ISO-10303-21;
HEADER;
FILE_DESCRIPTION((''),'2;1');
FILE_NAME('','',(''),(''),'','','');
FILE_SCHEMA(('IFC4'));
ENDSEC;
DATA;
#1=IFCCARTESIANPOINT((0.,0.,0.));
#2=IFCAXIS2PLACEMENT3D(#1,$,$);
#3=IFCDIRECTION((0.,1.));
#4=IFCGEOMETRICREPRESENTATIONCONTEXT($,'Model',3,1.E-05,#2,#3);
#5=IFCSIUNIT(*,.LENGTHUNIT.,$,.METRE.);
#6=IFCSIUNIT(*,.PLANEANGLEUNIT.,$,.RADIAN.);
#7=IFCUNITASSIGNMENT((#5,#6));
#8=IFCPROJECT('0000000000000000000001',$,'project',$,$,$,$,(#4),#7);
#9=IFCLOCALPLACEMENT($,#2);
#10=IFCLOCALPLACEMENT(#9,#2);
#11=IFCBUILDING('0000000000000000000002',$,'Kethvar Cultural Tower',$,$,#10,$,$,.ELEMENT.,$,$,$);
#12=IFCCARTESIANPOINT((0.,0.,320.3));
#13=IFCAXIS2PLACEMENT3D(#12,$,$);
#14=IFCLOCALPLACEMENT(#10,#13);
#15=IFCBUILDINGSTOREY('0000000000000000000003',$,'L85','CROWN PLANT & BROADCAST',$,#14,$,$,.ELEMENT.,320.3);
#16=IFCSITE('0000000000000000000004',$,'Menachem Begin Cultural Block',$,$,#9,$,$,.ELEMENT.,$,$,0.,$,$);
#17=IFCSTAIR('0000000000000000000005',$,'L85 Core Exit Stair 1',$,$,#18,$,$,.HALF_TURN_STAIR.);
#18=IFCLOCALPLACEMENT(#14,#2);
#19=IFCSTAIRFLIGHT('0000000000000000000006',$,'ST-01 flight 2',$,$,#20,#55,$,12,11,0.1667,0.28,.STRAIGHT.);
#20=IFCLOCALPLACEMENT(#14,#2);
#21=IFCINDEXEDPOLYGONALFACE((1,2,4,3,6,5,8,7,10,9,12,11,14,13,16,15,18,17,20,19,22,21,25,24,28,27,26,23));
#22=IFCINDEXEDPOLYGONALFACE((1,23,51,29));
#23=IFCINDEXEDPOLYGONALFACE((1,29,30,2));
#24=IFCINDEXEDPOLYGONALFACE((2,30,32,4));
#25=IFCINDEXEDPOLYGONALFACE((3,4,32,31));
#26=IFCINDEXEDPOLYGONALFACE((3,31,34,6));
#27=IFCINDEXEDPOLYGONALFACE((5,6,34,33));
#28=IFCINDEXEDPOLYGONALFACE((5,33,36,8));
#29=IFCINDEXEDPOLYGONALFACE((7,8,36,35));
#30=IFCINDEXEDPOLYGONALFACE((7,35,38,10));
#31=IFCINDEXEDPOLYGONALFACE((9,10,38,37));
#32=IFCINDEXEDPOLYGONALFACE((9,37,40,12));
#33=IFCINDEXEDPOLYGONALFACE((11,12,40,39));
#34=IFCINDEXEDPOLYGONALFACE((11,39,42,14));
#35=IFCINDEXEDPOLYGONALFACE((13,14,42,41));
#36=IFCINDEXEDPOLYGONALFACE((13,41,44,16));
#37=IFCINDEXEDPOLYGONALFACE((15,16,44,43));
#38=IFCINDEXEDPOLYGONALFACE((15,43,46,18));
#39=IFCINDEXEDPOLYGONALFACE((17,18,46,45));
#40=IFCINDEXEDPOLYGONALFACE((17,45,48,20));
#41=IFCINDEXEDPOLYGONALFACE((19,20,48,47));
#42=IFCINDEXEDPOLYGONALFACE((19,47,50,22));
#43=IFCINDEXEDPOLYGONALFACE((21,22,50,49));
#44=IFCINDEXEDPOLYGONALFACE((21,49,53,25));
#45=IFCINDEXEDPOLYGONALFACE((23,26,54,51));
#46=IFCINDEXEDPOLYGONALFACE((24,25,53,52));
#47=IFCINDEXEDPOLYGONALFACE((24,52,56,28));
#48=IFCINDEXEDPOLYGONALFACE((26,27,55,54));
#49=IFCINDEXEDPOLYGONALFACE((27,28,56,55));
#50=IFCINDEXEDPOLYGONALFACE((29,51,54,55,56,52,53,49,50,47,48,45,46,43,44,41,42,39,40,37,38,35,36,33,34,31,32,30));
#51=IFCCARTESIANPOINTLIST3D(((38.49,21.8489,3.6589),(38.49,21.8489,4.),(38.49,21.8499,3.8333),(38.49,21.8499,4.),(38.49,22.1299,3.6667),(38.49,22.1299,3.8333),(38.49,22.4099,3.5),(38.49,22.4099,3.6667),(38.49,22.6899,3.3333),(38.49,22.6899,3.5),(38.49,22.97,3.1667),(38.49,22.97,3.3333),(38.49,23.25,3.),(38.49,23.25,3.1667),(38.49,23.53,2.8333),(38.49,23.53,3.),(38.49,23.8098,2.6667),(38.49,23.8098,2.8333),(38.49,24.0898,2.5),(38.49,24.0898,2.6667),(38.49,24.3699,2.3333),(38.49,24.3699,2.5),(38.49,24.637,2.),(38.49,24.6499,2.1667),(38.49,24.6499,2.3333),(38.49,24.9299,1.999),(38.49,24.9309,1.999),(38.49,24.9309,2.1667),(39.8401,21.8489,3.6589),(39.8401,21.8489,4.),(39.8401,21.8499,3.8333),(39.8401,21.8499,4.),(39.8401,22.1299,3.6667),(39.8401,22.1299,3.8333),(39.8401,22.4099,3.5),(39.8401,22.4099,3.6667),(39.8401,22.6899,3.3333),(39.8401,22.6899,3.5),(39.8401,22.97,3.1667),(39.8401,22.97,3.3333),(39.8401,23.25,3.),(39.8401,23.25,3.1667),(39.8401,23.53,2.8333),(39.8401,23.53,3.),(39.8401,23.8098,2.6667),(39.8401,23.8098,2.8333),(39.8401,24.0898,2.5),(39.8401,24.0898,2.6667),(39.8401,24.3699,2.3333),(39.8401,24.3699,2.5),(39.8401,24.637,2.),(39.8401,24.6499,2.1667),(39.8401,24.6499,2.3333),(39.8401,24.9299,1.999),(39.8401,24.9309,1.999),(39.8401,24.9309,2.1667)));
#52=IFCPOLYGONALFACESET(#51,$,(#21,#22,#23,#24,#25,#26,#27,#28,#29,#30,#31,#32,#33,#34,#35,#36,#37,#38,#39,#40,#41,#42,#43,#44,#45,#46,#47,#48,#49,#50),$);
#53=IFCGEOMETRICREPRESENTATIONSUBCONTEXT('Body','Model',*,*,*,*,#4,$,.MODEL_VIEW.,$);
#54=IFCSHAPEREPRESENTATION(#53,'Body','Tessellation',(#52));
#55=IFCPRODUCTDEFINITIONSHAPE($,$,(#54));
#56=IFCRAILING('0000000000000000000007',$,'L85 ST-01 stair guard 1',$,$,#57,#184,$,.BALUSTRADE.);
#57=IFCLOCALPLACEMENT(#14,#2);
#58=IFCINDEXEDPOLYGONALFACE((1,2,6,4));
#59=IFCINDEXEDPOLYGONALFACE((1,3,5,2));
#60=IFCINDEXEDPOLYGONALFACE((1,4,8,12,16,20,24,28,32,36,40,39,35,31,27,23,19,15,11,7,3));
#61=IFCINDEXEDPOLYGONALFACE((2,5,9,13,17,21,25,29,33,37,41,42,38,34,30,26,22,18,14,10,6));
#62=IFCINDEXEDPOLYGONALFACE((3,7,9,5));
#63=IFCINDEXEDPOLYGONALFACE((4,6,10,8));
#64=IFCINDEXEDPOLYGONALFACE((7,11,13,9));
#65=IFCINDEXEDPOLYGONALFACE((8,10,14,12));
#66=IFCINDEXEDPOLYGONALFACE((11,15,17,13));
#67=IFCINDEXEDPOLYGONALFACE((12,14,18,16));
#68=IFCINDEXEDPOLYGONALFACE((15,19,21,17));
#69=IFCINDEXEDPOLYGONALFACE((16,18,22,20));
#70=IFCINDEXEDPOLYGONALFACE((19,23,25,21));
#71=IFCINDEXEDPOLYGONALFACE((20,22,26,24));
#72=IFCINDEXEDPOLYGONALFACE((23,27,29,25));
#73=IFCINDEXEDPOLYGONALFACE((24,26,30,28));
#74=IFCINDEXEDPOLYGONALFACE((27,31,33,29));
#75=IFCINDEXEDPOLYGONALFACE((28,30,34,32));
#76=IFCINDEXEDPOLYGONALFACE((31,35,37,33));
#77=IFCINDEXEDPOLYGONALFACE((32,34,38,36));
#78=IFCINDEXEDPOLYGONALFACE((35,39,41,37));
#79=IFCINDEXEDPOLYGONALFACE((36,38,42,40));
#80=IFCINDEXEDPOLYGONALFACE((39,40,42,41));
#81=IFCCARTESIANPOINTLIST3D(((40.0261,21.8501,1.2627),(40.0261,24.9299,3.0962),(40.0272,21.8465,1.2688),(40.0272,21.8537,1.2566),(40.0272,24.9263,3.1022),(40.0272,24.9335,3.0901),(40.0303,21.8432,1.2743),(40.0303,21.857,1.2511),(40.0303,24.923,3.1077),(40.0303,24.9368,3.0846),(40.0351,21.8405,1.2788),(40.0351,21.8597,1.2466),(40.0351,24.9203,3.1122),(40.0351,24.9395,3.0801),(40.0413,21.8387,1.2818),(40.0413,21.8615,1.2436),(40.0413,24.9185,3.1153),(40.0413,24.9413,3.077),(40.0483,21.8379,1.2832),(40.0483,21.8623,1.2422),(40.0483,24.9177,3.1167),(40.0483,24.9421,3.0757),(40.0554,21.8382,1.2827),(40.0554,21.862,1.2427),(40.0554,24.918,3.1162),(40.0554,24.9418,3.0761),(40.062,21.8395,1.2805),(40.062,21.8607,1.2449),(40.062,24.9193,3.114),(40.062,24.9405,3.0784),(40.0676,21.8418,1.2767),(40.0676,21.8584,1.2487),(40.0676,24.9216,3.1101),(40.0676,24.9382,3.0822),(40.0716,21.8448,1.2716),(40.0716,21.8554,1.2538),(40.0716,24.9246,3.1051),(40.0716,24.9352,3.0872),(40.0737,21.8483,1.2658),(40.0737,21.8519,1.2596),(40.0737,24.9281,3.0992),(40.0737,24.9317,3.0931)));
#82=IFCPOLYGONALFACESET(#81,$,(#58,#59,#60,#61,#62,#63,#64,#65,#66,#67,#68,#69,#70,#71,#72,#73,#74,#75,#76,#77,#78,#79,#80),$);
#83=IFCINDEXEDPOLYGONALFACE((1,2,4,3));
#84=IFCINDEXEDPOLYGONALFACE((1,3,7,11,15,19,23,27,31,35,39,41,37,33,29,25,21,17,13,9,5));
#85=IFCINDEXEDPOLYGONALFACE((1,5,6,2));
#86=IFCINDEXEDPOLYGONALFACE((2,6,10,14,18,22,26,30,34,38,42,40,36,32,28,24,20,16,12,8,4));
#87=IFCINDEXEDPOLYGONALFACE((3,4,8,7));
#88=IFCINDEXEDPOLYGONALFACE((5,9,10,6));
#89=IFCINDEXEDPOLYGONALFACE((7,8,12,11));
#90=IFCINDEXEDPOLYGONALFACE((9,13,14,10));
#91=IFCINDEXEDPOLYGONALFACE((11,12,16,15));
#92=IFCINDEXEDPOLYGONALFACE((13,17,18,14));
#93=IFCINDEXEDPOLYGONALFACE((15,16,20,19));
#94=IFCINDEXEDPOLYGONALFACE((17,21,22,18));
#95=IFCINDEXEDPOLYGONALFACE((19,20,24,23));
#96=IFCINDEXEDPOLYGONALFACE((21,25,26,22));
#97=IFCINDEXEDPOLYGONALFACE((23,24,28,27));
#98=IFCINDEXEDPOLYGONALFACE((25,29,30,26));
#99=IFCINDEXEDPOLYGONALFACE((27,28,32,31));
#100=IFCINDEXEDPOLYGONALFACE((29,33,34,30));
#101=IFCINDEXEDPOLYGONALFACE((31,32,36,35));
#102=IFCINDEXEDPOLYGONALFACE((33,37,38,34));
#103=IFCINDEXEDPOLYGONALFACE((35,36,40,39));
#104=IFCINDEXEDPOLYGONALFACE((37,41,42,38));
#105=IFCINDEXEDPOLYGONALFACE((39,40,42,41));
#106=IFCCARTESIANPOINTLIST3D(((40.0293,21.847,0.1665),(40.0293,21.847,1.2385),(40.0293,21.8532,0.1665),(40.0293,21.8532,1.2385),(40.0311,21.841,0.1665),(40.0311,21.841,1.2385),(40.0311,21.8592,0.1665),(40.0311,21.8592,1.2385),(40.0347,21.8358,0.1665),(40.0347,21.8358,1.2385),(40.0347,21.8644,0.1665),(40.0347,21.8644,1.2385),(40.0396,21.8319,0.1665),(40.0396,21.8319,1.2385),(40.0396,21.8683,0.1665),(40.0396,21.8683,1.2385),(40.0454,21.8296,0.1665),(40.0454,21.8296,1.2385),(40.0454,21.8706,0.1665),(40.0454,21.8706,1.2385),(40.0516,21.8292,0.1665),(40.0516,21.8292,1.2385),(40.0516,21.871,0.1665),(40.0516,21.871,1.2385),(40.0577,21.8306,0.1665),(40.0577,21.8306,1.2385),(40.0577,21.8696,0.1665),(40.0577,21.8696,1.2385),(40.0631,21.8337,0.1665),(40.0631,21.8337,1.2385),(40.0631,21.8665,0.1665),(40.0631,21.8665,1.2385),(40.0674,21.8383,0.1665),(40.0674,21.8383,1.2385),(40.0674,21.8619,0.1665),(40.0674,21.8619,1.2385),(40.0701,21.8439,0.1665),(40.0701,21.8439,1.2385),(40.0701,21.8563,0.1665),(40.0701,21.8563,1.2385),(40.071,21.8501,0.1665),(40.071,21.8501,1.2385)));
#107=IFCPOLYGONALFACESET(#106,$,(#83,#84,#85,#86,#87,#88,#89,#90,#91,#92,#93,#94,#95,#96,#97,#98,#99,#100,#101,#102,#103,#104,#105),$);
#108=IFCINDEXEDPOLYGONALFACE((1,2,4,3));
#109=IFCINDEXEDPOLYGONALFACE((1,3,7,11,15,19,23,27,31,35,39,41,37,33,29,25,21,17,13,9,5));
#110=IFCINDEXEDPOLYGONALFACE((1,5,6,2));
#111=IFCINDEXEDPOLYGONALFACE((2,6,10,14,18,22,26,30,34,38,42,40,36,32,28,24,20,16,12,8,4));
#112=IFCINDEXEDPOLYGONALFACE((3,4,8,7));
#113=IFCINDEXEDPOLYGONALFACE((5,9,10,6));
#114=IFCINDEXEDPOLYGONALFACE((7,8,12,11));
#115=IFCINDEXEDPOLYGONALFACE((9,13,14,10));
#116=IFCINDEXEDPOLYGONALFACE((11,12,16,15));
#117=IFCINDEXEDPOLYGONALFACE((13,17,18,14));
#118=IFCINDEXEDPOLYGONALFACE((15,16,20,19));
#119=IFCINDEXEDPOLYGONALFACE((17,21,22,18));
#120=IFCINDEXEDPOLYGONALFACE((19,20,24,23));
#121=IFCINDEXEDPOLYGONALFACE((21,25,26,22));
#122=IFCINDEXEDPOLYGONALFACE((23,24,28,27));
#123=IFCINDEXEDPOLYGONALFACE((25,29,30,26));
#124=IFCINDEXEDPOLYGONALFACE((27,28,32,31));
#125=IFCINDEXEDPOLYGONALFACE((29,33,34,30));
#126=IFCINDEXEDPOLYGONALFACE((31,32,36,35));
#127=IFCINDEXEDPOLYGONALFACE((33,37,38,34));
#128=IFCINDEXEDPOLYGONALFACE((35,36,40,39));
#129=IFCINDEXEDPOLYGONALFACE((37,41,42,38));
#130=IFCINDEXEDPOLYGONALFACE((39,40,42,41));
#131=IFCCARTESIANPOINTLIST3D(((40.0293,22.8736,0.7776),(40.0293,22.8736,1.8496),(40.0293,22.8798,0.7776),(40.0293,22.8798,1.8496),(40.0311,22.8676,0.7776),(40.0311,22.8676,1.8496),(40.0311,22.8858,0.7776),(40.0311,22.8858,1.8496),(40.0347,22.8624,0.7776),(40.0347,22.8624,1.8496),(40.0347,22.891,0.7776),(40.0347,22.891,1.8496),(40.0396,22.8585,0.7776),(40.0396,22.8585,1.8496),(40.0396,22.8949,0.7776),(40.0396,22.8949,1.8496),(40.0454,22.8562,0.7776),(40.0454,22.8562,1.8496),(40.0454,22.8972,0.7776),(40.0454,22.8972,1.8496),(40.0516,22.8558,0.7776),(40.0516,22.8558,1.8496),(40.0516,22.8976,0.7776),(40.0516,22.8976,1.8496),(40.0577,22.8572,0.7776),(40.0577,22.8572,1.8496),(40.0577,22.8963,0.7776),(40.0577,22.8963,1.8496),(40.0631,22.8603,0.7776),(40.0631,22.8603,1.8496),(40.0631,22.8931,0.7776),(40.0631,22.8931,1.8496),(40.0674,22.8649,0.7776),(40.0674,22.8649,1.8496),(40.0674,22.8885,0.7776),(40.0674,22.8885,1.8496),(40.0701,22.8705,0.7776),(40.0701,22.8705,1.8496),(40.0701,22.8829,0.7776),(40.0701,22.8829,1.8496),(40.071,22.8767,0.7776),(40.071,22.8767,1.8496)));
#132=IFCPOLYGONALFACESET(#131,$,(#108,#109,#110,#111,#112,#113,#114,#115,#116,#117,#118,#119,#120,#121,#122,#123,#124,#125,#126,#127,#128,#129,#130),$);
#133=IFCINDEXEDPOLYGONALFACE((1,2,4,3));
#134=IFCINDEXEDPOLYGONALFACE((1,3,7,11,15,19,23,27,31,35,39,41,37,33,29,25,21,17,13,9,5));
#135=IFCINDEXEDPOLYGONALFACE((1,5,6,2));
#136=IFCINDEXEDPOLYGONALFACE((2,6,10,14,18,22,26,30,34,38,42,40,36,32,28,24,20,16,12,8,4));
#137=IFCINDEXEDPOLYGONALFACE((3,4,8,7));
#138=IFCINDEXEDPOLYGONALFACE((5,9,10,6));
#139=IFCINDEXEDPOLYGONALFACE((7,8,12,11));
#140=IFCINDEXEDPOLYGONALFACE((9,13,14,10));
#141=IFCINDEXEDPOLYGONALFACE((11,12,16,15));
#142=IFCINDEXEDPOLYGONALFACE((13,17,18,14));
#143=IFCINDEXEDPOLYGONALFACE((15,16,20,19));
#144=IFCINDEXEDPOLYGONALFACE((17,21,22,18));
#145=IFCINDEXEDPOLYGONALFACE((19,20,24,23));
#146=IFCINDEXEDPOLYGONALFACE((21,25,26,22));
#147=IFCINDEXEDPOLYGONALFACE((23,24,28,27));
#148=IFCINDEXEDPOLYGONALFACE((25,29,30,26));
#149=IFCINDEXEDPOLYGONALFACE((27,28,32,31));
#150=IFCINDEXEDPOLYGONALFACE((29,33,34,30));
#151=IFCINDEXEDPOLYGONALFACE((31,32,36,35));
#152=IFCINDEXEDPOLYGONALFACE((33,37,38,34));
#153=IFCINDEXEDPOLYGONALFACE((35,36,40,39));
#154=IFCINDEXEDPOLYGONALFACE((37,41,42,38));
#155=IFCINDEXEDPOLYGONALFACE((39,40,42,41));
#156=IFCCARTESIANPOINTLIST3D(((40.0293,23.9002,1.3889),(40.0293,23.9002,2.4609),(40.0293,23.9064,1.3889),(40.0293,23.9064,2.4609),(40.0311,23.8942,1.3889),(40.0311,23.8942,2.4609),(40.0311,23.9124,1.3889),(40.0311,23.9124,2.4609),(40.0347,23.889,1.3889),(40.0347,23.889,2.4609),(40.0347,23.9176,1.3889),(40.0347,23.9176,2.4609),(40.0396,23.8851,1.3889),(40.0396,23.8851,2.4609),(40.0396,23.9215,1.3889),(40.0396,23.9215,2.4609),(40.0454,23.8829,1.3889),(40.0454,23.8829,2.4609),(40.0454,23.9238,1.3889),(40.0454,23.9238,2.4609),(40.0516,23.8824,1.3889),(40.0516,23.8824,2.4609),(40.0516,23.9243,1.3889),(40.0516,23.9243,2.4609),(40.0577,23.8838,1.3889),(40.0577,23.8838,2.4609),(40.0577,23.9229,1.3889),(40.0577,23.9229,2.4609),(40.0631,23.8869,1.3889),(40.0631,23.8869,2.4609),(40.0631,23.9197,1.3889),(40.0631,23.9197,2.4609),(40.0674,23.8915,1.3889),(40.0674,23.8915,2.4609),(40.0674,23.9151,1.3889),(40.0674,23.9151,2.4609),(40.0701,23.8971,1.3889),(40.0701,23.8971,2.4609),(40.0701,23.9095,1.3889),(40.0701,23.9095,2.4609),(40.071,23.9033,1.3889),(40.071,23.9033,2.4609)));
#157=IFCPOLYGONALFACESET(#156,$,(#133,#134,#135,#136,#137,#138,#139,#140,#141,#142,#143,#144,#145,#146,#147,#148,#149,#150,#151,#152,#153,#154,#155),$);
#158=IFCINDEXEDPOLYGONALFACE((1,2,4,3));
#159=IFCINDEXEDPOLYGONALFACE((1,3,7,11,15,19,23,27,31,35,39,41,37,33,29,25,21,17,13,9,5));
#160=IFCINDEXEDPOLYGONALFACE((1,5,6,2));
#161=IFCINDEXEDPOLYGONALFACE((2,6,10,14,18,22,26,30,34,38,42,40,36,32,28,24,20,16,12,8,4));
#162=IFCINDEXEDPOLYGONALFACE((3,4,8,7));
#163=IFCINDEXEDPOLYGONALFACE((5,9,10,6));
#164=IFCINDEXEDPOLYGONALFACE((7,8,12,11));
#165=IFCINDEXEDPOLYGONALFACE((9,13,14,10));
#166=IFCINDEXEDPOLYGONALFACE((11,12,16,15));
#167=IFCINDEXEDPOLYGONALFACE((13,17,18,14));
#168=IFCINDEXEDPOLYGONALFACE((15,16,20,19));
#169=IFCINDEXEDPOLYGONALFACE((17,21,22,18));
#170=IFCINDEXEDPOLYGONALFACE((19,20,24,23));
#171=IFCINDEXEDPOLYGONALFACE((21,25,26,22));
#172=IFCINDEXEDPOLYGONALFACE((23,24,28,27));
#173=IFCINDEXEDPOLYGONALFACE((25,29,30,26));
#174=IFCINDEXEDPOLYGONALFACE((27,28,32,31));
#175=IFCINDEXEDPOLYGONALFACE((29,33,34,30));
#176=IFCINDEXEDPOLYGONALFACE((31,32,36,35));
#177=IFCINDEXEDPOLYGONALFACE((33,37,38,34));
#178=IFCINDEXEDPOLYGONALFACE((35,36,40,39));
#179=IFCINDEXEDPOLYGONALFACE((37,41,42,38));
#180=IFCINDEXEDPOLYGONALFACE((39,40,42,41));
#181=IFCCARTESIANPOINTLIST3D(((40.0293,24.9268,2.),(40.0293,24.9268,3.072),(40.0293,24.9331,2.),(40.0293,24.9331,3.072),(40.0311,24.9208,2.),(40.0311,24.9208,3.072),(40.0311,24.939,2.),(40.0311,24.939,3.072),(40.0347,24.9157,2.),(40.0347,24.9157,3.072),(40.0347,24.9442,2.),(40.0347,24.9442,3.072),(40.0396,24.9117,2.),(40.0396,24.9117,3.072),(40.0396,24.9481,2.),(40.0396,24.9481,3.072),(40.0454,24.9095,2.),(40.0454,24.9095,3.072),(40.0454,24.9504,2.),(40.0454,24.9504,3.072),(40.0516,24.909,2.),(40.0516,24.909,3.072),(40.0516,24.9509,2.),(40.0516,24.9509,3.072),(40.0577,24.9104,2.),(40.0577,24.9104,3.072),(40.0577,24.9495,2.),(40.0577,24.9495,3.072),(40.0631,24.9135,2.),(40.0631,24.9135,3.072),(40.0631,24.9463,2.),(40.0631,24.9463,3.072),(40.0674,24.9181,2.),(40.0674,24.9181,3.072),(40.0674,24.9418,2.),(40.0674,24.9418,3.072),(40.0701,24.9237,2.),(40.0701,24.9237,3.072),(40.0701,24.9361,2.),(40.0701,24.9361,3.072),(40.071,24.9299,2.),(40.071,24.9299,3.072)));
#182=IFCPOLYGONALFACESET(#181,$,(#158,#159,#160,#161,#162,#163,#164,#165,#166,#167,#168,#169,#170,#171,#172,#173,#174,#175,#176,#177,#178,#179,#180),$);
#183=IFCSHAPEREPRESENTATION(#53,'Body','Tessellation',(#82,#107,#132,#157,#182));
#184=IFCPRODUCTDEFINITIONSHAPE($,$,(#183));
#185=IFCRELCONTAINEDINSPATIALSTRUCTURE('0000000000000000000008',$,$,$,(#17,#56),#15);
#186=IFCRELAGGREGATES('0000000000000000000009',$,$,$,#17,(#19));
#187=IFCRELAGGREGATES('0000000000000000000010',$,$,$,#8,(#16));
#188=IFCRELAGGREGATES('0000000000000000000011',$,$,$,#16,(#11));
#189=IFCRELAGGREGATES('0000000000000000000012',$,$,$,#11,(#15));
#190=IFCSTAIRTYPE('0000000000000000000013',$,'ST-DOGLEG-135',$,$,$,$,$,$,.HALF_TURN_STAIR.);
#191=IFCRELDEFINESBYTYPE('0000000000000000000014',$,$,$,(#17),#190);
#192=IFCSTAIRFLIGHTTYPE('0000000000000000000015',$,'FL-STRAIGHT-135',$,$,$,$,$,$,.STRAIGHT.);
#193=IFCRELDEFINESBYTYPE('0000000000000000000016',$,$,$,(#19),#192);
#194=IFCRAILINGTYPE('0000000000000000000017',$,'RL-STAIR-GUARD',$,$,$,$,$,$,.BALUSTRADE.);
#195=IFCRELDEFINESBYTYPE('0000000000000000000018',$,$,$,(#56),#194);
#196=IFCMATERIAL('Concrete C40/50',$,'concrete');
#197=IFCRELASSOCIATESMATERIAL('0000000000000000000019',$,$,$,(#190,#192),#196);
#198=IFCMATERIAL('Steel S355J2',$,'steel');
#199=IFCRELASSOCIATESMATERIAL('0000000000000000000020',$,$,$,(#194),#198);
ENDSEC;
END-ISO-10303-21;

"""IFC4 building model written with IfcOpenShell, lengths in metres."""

from ifc_helpers import new_model, si_unit, direction, frame, origin, origin_2d, place, context, subcontext, project, spatial, polyline, circle, outline, extrude, material, type_object, element, aggregate, save


model = new_model("IFC4")

# Units and contexts
model_context = context("Model", 3, precision=1e-05, world=origin(), true_north=direction((0.0, 1.0)))
body_context = subcontext(model_context, "Body", "Model", "MODEL_VIEW")
ifc_project = project(units=[si_unit("LENGTHUNIT", "METRE"), si_unit("PLANEANGLEUNIT", "RADIAN")], contexts=[model_context])

# Site, building, storey
site_placement = place(None, origin())
site = spatial("IfcSite", under=ifc_project, at=site_placement, Name="Menachem Begin Cultural Block", CompositionType="ELEMENT", RefElevation=0.0)
building_placement = place(site_placement, origin())
building = spatial("IfcBuilding", under=site, at=building_placement, Name="Kethvar Cultural Tower", CompositionType="ELEMENT")
storey_placement = place(building_placement, frame((0.0, 0.0, 320.3)))
storey = spatial("IfcBuildingStorey", under=building, at=storey_placement, Name="L85", Description="CROWN PLANT & BROADCAST", CompositionType="ELEMENT", Elevation=320.3)

# Shared definitions
ifc_material_1 = material(Name="Steel S355J2", Category="steel")

# Stair, stair flight
ifc_material_2 = material(Name="Concrete C40/50", Category="concrete")
stair_type = type_object("IfcStairType", Name="ST-DOGLEG-135", PredefinedType="HALF_TURN_STAIR", material=ifc_material_2)
stair_placement = place(storey_placement, origin())
stair = element("IfcStair", 1, at=stair_placement, inside=storey, type_object=stair_type, Name="L85 Core Exit Stair 1", PredefinedType="HALF_TURN_STAIR")
stair_flight_type = type_object("IfcStairFlightType", Name="FL-STRAIGHT-135", PredefinedType="STRAIGHT", material=ifc_material_2)
stair_flight_1_placement = place(storey_placement, frame((39.165, 24.9299, 2.0), z_axis=(0.0, 0.0, 1.0), x_axis=(0.0, -1.0, 0.0)))
stair_flight_1 = element("IfcStairFlight", 2, at=stair_flight_1_placement, type_object=stair_flight_type, Name="ST-01 flight 2", NumberOfRisers=12, NumberOfTreads=11, PredefinedType="STRAIGHT", RiserHeight=0.1667, TreadLength=0.28, context=body_context, shape_type="SweptSolid", body=[
    extrude(outline(polyline([(-0.001, -0.001), (-0.001, 0.1667), (0.28, 0.1667), (0.28, 0.3333), (0.5601, 0.3333), (0.5601, 0.5), (0.8401, 0.5), (0.8401, 0.6667), (1.1201, 0.6667), (1.1201, 0.8333), (1.3999, 0.8333), (1.3999, 1.0), (1.6799, 1.0), (1.6799, 1.1667), (1.96, 1.1667), (1.96, 1.3333), (2.24, 1.3333), (2.24, 1.5), (2.52, 1.5), (2.52, 1.6667), (2.8, 1.6667), (2.8, 1.8333), (3.0801, 1.8333), (3.0801, 2.0), (3.0811, 2.0), (3.0811, 1.6589), (0.293, 0.0), (0.0, -0.001), (-0.001, -0.001)])), frame((0.0, 0.675, 0.0), z_axis=(0.0, -1.0, 0.0), x_axis=(1.0, 0.0, 0.0)), (0.0, 0.0, 1.0), 1.3501),
])
aggregate(stair, [stair_flight_1])

# Railing
railing_type_1 = type_object("IfcRailingType", Name="RL-STAIR-GUARD", PredefinedType="BALUSTRADE", material=ifc_material_1)
railing_1_placement = place(storey_placement, frame((40.05, 21.8501, 0.1665)))
element("IfcRailing", 3, at=railing_1_placement, inside=storey, type_object=railing_type_1, Name="L85 ST-01 stair guard 1", PredefinedType="BALUSTRADE", context=body_context, shape_type="SweptSolid", body=[
    extrude(circle(Radius=0.0239, at=origin_2d()), frame((0.0, 0.0, 1.0962), z_axis=(0.0, 0.859261, 0.511538), x_axis=(-1.0, 0.0, 0.0)), (0.0, 0.0, 1.0), 3.5842),
    extrude(circle(Radius=0.021, at=origin_2d()), origin(), (0.0, 0.0, 1.0), 1.072),
    extrude(circle(Radius=0.021, at=origin_2d()), frame((0.0, 1.0266, 0.6111)), (0.0, 0.0, 1.0), 1.072),
    extrude(circle(Radius=0.021, at=origin_2d()), frame((0.0, 2.0532, 1.2224)), (0.0, 0.0, 1.0), 1.072),
    extrude(circle(Radius=0.021, at=origin_2d()), frame((0.0, 3.0798, 1.8335)), (0.0, 0.0, 1.0), 1.072),
])

save(model, "model.ifc")
